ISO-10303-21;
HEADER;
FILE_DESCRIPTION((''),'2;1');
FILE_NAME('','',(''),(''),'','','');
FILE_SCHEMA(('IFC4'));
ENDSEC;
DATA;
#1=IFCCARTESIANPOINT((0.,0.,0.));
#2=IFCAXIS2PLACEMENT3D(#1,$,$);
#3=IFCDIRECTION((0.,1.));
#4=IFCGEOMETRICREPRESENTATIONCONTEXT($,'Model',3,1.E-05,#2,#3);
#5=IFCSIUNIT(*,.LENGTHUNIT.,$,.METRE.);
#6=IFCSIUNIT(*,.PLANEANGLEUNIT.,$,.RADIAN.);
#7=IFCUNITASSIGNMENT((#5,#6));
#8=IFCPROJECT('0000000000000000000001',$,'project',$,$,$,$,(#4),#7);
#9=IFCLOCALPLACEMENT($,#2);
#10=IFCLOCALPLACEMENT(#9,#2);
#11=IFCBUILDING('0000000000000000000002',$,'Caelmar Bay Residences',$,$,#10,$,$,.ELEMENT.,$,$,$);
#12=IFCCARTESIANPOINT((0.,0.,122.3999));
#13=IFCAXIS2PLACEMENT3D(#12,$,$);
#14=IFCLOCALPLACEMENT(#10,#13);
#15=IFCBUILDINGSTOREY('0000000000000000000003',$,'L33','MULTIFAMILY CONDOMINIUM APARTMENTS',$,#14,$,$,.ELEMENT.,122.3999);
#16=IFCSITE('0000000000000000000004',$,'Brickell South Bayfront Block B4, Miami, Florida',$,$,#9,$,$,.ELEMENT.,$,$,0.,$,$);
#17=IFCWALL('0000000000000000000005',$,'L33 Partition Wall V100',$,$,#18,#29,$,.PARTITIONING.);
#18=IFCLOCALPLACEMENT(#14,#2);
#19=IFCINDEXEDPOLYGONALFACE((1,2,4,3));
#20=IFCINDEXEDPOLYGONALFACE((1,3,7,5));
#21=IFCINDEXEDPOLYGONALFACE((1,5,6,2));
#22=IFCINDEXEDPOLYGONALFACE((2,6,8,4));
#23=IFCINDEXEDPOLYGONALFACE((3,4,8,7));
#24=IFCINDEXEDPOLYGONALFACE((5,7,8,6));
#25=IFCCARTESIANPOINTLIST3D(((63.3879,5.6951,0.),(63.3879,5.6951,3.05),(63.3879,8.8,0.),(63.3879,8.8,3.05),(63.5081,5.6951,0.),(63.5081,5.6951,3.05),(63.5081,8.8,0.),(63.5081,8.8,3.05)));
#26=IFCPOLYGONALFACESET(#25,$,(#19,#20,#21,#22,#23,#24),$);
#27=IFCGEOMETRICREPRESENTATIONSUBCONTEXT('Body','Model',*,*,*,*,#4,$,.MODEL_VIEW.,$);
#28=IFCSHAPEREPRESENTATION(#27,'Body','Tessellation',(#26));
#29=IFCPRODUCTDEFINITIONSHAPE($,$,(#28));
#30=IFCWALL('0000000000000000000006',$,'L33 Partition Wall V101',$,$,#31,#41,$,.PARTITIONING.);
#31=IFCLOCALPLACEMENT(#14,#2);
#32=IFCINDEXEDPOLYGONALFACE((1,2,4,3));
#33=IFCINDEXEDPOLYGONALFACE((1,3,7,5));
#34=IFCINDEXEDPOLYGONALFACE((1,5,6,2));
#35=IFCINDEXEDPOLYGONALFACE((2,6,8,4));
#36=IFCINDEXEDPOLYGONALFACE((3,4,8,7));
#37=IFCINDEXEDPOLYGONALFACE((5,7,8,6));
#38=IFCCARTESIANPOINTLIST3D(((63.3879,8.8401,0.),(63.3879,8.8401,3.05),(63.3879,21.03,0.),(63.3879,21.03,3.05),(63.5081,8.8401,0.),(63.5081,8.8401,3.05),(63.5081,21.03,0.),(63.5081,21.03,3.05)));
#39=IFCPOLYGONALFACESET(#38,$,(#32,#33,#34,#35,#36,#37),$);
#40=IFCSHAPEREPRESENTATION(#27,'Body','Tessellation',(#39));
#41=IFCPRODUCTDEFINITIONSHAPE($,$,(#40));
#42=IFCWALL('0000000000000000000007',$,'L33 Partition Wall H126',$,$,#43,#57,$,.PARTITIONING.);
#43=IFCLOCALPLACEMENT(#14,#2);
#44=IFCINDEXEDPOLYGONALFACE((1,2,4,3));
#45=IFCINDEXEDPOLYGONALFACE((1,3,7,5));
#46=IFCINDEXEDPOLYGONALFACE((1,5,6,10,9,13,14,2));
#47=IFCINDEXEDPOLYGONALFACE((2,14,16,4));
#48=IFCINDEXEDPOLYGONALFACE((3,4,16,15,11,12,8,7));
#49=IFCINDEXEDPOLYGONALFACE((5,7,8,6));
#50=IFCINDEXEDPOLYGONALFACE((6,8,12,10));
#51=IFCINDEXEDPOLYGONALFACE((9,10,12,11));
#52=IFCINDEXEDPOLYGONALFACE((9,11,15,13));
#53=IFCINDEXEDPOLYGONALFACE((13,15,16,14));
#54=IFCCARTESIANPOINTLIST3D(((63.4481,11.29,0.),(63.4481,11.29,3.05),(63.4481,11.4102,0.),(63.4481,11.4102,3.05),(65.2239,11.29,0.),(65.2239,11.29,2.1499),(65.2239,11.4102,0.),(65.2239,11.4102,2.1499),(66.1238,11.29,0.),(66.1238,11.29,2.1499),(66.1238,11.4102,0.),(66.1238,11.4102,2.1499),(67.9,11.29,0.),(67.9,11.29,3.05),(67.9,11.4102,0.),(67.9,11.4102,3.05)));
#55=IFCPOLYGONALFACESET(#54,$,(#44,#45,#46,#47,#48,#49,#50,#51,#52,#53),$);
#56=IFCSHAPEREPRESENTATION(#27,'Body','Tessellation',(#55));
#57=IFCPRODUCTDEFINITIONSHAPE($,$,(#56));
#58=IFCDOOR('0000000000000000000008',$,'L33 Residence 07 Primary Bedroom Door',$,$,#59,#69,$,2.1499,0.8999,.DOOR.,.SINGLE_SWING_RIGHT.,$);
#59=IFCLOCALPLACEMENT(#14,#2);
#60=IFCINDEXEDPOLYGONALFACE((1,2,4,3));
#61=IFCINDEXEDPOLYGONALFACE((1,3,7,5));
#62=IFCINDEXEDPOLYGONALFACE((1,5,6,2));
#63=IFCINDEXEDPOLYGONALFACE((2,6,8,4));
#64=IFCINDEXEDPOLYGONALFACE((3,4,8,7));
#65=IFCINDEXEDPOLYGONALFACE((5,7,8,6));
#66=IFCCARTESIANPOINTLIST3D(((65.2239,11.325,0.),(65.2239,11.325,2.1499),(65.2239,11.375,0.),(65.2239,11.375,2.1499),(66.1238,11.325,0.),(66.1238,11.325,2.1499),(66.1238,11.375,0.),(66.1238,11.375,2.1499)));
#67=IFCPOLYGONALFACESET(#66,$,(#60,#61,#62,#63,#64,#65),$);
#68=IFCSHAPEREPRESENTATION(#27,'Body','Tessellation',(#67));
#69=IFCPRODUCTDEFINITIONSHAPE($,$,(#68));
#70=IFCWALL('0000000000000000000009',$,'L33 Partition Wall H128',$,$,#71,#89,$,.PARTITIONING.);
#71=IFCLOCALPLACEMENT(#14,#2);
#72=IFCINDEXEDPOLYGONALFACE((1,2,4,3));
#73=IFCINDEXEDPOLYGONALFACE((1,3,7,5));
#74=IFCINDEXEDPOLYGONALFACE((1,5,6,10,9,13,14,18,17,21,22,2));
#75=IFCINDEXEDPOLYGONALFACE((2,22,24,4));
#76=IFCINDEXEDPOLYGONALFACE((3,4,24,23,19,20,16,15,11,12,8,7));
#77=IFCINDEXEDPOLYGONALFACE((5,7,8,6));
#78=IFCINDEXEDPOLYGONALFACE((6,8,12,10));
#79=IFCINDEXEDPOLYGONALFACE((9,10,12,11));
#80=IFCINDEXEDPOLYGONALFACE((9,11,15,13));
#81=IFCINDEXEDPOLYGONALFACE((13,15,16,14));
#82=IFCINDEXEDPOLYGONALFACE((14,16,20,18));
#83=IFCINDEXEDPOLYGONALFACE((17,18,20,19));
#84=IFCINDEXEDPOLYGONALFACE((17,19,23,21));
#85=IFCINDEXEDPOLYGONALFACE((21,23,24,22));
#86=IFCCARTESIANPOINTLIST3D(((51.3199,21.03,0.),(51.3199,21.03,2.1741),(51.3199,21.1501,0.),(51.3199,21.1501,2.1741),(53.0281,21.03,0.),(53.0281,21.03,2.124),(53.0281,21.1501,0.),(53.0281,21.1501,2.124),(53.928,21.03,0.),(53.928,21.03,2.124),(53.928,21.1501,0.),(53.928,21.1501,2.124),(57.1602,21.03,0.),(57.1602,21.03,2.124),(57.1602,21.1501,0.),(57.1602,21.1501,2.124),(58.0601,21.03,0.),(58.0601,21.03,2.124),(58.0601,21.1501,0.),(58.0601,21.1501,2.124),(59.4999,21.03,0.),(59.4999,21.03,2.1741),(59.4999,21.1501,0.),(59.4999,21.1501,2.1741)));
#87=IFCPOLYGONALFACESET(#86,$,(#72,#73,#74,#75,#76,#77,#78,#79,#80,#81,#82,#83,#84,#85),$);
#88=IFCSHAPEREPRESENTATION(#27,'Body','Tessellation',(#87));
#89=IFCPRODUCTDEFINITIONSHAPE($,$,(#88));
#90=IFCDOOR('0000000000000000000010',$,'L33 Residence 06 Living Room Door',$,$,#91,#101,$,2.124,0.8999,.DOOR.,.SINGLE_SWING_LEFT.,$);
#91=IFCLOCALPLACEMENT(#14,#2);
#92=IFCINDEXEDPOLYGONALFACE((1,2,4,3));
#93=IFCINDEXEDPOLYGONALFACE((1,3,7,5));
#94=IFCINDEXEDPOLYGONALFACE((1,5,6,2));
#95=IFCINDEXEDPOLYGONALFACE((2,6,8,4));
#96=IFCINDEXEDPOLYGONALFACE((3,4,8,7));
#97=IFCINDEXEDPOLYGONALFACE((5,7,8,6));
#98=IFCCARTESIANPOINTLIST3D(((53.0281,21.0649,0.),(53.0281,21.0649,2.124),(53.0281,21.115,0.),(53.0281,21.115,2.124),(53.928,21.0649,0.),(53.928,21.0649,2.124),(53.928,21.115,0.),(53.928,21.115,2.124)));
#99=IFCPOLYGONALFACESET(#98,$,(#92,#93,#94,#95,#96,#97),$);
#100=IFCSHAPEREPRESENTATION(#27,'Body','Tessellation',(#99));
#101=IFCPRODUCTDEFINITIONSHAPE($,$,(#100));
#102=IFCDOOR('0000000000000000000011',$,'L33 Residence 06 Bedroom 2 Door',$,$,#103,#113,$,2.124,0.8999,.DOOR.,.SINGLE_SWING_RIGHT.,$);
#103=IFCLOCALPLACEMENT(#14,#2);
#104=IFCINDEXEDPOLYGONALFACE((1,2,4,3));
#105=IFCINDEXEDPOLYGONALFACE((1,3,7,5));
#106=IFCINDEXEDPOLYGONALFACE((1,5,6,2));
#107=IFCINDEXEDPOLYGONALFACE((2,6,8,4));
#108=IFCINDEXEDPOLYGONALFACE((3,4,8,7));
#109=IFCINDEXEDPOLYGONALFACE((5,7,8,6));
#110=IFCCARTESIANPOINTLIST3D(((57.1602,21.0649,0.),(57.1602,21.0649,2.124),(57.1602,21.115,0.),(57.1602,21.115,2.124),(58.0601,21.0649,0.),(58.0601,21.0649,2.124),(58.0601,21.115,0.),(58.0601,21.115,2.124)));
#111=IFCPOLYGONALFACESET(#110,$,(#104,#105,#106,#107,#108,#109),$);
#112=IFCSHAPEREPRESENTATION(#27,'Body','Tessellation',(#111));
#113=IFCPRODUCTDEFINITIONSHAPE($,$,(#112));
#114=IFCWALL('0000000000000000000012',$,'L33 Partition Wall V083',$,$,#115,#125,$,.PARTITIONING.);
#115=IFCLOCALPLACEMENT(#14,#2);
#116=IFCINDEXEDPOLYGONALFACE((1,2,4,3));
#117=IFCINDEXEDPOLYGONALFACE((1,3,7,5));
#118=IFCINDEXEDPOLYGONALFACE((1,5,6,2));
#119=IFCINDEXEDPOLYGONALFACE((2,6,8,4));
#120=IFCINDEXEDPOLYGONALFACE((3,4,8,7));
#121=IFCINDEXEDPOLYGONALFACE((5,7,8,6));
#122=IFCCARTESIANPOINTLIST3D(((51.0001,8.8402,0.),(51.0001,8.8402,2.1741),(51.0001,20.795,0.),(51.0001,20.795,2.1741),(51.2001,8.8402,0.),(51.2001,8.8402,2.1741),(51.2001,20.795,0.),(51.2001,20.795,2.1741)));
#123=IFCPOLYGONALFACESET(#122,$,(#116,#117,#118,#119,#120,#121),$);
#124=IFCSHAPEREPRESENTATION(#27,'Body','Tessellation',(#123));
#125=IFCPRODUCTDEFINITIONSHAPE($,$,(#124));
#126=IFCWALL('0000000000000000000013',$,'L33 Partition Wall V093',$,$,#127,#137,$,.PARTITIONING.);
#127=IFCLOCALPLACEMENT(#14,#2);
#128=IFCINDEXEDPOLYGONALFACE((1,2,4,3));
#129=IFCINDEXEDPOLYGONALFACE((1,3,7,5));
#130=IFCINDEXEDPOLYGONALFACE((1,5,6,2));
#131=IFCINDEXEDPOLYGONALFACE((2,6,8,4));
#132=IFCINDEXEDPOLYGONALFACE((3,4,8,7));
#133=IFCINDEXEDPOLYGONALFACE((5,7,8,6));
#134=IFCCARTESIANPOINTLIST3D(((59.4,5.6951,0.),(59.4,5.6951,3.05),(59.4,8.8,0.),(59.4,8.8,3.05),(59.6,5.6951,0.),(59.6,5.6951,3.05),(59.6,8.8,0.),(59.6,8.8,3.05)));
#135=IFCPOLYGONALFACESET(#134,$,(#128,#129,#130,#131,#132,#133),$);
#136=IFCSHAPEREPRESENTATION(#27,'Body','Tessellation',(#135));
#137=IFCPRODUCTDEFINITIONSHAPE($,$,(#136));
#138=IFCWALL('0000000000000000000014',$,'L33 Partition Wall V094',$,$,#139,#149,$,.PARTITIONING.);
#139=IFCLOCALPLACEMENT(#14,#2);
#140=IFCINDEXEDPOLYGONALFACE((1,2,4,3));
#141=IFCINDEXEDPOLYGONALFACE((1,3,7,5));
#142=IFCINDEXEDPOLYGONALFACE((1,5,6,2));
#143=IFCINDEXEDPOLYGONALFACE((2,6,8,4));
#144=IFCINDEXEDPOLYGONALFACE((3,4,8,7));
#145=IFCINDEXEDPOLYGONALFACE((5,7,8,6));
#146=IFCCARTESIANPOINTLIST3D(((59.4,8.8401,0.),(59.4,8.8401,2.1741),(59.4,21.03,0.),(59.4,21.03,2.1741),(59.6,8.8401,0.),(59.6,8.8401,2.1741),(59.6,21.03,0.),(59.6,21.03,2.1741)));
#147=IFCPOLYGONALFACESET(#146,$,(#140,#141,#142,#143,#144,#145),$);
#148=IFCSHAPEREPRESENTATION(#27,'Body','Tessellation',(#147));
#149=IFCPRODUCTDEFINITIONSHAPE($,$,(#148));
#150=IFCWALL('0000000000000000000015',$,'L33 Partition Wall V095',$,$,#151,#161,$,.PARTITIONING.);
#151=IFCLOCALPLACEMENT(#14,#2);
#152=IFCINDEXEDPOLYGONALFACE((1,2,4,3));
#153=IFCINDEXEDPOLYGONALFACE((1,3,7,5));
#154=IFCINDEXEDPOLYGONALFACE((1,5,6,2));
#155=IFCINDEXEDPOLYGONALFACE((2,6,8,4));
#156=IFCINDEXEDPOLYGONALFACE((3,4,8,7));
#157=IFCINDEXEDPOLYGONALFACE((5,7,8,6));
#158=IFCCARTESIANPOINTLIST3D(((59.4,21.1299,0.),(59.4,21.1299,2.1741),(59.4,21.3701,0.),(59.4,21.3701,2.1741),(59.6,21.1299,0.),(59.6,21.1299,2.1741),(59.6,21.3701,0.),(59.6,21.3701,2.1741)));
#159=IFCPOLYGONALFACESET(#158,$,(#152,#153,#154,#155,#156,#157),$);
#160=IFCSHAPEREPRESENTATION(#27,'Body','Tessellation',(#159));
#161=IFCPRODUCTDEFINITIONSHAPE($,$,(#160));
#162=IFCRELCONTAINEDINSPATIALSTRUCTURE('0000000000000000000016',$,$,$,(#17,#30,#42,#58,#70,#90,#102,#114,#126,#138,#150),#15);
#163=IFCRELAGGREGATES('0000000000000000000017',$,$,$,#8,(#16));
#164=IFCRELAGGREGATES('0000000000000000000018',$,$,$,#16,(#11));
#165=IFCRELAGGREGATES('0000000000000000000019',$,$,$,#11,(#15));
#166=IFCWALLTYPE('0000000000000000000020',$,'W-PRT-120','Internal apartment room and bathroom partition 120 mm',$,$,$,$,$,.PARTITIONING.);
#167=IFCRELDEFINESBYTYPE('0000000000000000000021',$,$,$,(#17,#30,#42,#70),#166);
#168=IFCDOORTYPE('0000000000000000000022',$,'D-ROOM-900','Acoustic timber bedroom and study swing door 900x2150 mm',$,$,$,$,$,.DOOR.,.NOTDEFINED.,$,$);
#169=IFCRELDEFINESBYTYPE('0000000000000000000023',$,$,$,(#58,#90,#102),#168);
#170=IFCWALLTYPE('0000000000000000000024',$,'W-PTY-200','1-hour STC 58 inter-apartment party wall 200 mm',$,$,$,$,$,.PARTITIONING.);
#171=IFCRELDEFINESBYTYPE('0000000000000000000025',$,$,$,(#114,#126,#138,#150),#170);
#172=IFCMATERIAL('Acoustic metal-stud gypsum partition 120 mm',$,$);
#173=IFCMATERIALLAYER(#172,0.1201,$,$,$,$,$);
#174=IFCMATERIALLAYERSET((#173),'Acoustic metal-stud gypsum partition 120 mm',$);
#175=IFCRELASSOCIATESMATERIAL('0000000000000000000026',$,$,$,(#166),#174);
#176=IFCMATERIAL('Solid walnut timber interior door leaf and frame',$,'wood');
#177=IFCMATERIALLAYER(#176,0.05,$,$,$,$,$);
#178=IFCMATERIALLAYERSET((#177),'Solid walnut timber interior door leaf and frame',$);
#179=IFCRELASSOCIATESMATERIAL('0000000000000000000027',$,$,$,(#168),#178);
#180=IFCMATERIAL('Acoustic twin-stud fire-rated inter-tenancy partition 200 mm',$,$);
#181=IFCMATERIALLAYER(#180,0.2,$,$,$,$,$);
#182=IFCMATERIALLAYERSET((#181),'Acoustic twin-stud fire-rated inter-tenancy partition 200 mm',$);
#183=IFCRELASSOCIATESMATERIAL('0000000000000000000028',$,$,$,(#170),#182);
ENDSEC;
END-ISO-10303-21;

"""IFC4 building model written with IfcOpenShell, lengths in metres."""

from ifc_helpers import new_model, si_unit, direction, frame, frame_2d, origin, place, context, subcontext, project, spatial, rectangle, extrude, material, layer, layer_set, type_object, element, fill, save


model = new_model("IFC4")

# Units and contexts
model_context = context("Model", 3, precision=1e-05, world=origin(), true_north=direction((0.0, 1.0)))
body_context = subcontext(model_context, "Body", "Model", "MODEL_VIEW")
ifc_project = project(units=[si_unit("LENGTHUNIT", "METRE"), si_unit("PLANEANGLEUNIT", "RADIAN")], contexts=[model_context])

# Site, building, storey
site_placement = place(None, origin())
site = spatial("IfcSite", under=ifc_project, at=site_placement, Name="Brickell South Bayfront Block B4, Miami, Florida", CompositionType="ELEMENT", RefElevation=0.0)
building_placement = place(site_placement, origin())
building = spatial("IfcBuilding", under=site, at=building_placement, Name="Caelmar Bay Residences", CompositionType="ELEMENT")
storey_placement = place(building_placement, frame((0.0, 0.0, 122.3999)))
storey = spatial("IfcBuildingStorey", under=building, at=storey_placement, Name="L33", Description="MULTIFAMILY CONDOMINIUM APARTMENTS", CompositionType="ELEMENT", Elevation=122.3999)

# Walls
ifc_material_1 = material(Name="Acoustic metal-stud gypsum partition 120 mm")
ifc_layer_1 = layer(ifc_material_1, 0.1201)
ifc_layer_set_1 = layer_set([ifc_layer_1], Name="Acoustic metal-stud gypsum partition 120 mm")
wall_type_1 = type_object("IfcWallType", Name="W-PRT-120", Description="Internal apartment room and bathroom partition 120 mm", PredefinedType="PARTITIONING", material=ifc_layer_set_1)
wall_1_placement = place(storey_placement, frame((63.448, 5.6951, 0.0), z_axis=(0.0, 0.0, 1.0), x_axis=(0.0, 1.0, 0.0)))
element("IfcWall", 1, at=wall_1_placement, inside=storey, type_object=wall_type_1, Name="L33 Partition Wall V100", PredefinedType="PARTITIONING", context=body_context, shape_type="SweptSolid", body=[
    extrude(rectangle(XDim=3.105, YDim=0.1201, at=frame_2d((1.5525, 0.0))), origin(), (0.0, 0.0, 1.0), 3.05),
])
wall_2_placement = place(storey_placement, frame((63.448, 8.8401, 0.0), z_axis=(0.0, 0.0, 1.0), x_axis=(0.0, 1.0, 0.0)))
element("IfcWall", 2, at=wall_2_placement, inside=storey, type_object=wall_type_1, Name="L33 Partition Wall V101", PredefinedType="PARTITIONING", context=body_context, shape_type="SweptSolid", body=[
    extrude(rectangle(XDim=12.1899, YDim=0.1201, at=frame_2d((6.095, 0.0))), origin(), (0.0, 0.0, 1.0), 3.05),
])

# Wall, opening, door
ifc_material_2 = material(Name="Solid walnut timber interior door leaf and frame", Category="wood")
ifc_layer_2 = layer(ifc_material_2, 0.05)
ifc_layer_set_2 = layer_set([ifc_layer_2], Name="Solid walnut timber interior door leaf and frame")
door_type = type_object("IfcDoorType", Name="D-ROOM-900", Description="Acoustic timber bedroom and study swing door 900x2150 mm", OperationType="NOTDEFINED", PredefinedType="DOOR", material=ifc_layer_set_2)
wall_3_placement = place(storey_placement, frame((63.448, 11.3501, 0.0), z_axis=(0.0, 0.0, 1.0), x_axis=(1.0, 0.0, 0.0)))
wall_3 = element("IfcWall", 3, at=wall_3_placement, inside=storey, type_object=wall_type_1, Name="L33 Partition Wall H126", PredefinedType="PARTITIONING", context=body_context, shape_type="SweptSolid", body=[
    extrude(rectangle(XDim=4.4519, YDim=0.1201, at=frame_2d((2.2261, 0.0))), origin(), (0.0, 0.0, 1.0), 3.05),
])
opening_1_placement = place(wall_3_placement, frame((1.7759, 0.0, 0.0)))
opening_1 = element("IfcOpeningElement", 4, at=opening_1_placement, cuts=wall_3, PredefinedType="OPENING", context=body_context, shape_type="SweptSolid", body=[
    extrude(rectangle(XDim=0.8999, YDim=2.1499, at=frame_2d((0.45, 1.075))), frame((0.0, 0.0701, 0.0), z_axis=(0.0, -1.0, 0.0), x_axis=(1.0, 0.0, 0.0)), (0.0, 0.0, 1.0), 0.1401),
])
door_1_placement = place(opening_1_placement, origin())
door_1 = element("IfcDoor", 5, at=door_1_placement, inside=storey, type_object=door_type, Name="L33 Residence 07 Primary Bedroom Door", OperationType="SINGLE_SWING_RIGHT", OverallHeight=2.1499, OverallWidth=0.8999, PredefinedType="DOOR", context=body_context, shape_type="SweptSolid", body=[
    extrude(rectangle(XDim=0.8999, YDim=2.1499, at=frame_2d((0.45, 1.075))), frame((0.0, 0.0249, 0.0), z_axis=(0.0, -1.0, 0.0), x_axis=(1.0, 0.0, 0.0)), (0.0, 0.0, 1.0), 0.05),
])
fill(opening_1, door_1)

# Wall, openings, doors
wall_4_placement = place(storey_placement, frame((51.3201, 21.0901, 0.0), z_axis=(0.0, 0.0, 1.0), x_axis=(1.0, 0.0, 0.0)))
wall_4 = element("IfcWall", 6, at=wall_4_placement, inside=storey, type_object=wall_type_1, Name="L33 Partition Wall H128", PredefinedType="PARTITIONING", context=body_context, shape_type="SweptSolid", body=[
    extrude(rectangle(XDim=8.1799, YDim=0.1201, at=frame_2d((4.0898, 0.0))), origin(), (0.0, 0.0, 1.0), 2.1741),
])
opening_2_placement = place(wall_4_placement, frame((1.708, 0.0, 0.0)))
opening_2 = element("IfcOpeningElement", 7, at=opening_2_placement, cuts=wall_4, PredefinedType="OPENING", context=body_context, shape_type="SweptSolid", body=[
    extrude(rectangle(XDim=0.8999, YDim=2.124, at=frame_2d((0.45, 1.062))), frame((0.0, 0.0701, 0.0), z_axis=(0.0, -1.0, 0.0), x_axis=(1.0, 0.0, 0.0)), (0.0, 0.0, 1.0), 0.1401),
])
opening_3_placement = place(wall_4_placement, frame((5.8401, 0.0, 0.0)))
opening_3 = element("IfcOpeningElement", 8, at=opening_3_placement, cuts=wall_4, PredefinedType="OPENING", context=body_context, shape_type="SweptSolid", body=[
    extrude(rectangle(XDim=0.8999, YDim=2.124, at=frame_2d((0.45, 1.062))), frame((0.0, 0.0701, 0.0), z_axis=(0.0, -1.0, 0.0), x_axis=(1.0, 0.0, 0.0)), (0.0, 0.0, 1.0), 0.1401),
])
door_2_placement = place(opening_2_placement, origin())
door_2 = element("IfcDoor", 9, at=door_2_placement, inside=storey, type_object=door_type, Name="L33 Residence 06 Living Room Door", OperationType="SINGLE_SWING_LEFT", OverallHeight=2.124, OverallWidth=0.8999, PredefinedType="DOOR", context=body_context, shape_type="SweptSolid", body=[
    extrude(rectangle(XDim=0.8999, YDim=2.124, at=frame_2d((0.45, 1.062))), frame((0.0, 0.0249, 0.0), z_axis=(0.0, -1.0, 0.0), x_axis=(1.0, 0.0, 0.0)), (0.0, 0.0, 1.0), 0.05),
])
fill(opening_2, door_2)
door_3_placement = place(opening_3_placement, origin())
door_3 = element("IfcDoor", 10, at=door_3_placement, inside=storey, type_object=door_type, Name="L33 Residence 06 Bedroom 2 Door", OperationType="SINGLE_SWING_RIGHT", OverallHeight=2.124, OverallWidth=0.8999, PredefinedType="DOOR", context=body_context, shape_type="SweptSolid", body=[
    extrude(rectangle(XDim=0.8999, YDim=2.124, at=frame_2d((0.45, 1.062))), frame((0.0, 0.0249, 0.0), z_axis=(0.0, -1.0, 0.0), x_axis=(1.0, 0.0, 0.0)), (0.0, 0.0, 1.0), 0.05),
])
fill(opening_3, door_3)

# Walls
ifc_material_3 = material(Name="Acoustic twin-stud fire-rated inter-tenancy partition 200 mm")
ifc_layer_3 = layer(ifc_material_3, 0.2)
ifc_layer_set_3 = layer_set([ifc_layer_3], Name="Acoustic twin-stud fire-rated inter-tenancy partition 200 mm")
wall_type_2 = type_object("IfcWallType", Name="W-PTY-200", Description="1-hour STC 58 inter-apartment party wall 200 mm", PredefinedType="PARTITIONING", material=ifc_layer_set_3)
wall_5_placement = place(storey_placement, frame((51.1001, 8.8401, 0.0), z_axis=(0.0, 0.0, 1.0), x_axis=(0.0, 1.0, 0.0)))
element("IfcWall", 11, at=wall_5_placement, inside=storey, type_object=wall_type_2, Name="L33 Partition Wall V083", PredefinedType="PARTITIONING", context=body_context, shape_type="SweptSolid", body=[
    extrude(rectangle(XDim=11.9548, YDim=0.2, at=frame_2d((5.9775, 0.0))), origin(), (0.0, 0.0, 1.0), 2.1741),
])
wall_6_placement = place(storey_placement, frame((59.5, 5.6951, 0.0), z_axis=(0.0, 0.0, 1.0), x_axis=(0.0, 1.0, 0.0)))
element("IfcWall", 12, at=wall_6_placement, inside=storey, type_object=wall_type_2, Name="L33 Partition Wall V093", PredefinedType="PARTITIONING", context=body_context, shape_type="SweptSolid", body=[
    extrude(rectangle(XDim=3.105, YDim=0.2, at=frame_2d((1.5525, 0.0))), origin(), (0.0, 0.0, 1.0), 3.05),
])
wall_7_placement = place(storey_placement, frame((59.5, 8.8401, 0.0), z_axis=(0.0, 0.0, 1.0), x_axis=(0.0, 1.0, 0.0)))
element("IfcWall", 13, at=wall_7_placement, inside=storey, type_object=wall_type_2, Name="L33 Partition Wall V094", PredefinedType="PARTITIONING", context=body_context, shape_type="SweptSolid", body=[
    extrude(rectangle(XDim=12.1899, YDim=0.2, at=frame_2d((6.095, 0.0))), origin(), (0.0, 0.0, 1.0), 2.1741),
])
wall_8_placement = place(storey_placement, frame((59.5, 21.1299, 0.0), z_axis=(0.0, 0.0, 1.0), x_axis=(0.0, 1.0, 0.0)))
element("IfcWall", 14, at=wall_8_placement, inside=storey, type_object=wall_type_2, Name="L33 Partition Wall V095", PredefinedType="PARTITIONING", context=body_context, shape_type="SweptSolid", body=[
    extrude(rectangle(XDim=0.2402, YDim=0.2, at=frame_2d((0.1201, 0.0))), origin(), (0.0, 0.0, 1.0), 2.1741),
])

save(model, "model.ifc")
